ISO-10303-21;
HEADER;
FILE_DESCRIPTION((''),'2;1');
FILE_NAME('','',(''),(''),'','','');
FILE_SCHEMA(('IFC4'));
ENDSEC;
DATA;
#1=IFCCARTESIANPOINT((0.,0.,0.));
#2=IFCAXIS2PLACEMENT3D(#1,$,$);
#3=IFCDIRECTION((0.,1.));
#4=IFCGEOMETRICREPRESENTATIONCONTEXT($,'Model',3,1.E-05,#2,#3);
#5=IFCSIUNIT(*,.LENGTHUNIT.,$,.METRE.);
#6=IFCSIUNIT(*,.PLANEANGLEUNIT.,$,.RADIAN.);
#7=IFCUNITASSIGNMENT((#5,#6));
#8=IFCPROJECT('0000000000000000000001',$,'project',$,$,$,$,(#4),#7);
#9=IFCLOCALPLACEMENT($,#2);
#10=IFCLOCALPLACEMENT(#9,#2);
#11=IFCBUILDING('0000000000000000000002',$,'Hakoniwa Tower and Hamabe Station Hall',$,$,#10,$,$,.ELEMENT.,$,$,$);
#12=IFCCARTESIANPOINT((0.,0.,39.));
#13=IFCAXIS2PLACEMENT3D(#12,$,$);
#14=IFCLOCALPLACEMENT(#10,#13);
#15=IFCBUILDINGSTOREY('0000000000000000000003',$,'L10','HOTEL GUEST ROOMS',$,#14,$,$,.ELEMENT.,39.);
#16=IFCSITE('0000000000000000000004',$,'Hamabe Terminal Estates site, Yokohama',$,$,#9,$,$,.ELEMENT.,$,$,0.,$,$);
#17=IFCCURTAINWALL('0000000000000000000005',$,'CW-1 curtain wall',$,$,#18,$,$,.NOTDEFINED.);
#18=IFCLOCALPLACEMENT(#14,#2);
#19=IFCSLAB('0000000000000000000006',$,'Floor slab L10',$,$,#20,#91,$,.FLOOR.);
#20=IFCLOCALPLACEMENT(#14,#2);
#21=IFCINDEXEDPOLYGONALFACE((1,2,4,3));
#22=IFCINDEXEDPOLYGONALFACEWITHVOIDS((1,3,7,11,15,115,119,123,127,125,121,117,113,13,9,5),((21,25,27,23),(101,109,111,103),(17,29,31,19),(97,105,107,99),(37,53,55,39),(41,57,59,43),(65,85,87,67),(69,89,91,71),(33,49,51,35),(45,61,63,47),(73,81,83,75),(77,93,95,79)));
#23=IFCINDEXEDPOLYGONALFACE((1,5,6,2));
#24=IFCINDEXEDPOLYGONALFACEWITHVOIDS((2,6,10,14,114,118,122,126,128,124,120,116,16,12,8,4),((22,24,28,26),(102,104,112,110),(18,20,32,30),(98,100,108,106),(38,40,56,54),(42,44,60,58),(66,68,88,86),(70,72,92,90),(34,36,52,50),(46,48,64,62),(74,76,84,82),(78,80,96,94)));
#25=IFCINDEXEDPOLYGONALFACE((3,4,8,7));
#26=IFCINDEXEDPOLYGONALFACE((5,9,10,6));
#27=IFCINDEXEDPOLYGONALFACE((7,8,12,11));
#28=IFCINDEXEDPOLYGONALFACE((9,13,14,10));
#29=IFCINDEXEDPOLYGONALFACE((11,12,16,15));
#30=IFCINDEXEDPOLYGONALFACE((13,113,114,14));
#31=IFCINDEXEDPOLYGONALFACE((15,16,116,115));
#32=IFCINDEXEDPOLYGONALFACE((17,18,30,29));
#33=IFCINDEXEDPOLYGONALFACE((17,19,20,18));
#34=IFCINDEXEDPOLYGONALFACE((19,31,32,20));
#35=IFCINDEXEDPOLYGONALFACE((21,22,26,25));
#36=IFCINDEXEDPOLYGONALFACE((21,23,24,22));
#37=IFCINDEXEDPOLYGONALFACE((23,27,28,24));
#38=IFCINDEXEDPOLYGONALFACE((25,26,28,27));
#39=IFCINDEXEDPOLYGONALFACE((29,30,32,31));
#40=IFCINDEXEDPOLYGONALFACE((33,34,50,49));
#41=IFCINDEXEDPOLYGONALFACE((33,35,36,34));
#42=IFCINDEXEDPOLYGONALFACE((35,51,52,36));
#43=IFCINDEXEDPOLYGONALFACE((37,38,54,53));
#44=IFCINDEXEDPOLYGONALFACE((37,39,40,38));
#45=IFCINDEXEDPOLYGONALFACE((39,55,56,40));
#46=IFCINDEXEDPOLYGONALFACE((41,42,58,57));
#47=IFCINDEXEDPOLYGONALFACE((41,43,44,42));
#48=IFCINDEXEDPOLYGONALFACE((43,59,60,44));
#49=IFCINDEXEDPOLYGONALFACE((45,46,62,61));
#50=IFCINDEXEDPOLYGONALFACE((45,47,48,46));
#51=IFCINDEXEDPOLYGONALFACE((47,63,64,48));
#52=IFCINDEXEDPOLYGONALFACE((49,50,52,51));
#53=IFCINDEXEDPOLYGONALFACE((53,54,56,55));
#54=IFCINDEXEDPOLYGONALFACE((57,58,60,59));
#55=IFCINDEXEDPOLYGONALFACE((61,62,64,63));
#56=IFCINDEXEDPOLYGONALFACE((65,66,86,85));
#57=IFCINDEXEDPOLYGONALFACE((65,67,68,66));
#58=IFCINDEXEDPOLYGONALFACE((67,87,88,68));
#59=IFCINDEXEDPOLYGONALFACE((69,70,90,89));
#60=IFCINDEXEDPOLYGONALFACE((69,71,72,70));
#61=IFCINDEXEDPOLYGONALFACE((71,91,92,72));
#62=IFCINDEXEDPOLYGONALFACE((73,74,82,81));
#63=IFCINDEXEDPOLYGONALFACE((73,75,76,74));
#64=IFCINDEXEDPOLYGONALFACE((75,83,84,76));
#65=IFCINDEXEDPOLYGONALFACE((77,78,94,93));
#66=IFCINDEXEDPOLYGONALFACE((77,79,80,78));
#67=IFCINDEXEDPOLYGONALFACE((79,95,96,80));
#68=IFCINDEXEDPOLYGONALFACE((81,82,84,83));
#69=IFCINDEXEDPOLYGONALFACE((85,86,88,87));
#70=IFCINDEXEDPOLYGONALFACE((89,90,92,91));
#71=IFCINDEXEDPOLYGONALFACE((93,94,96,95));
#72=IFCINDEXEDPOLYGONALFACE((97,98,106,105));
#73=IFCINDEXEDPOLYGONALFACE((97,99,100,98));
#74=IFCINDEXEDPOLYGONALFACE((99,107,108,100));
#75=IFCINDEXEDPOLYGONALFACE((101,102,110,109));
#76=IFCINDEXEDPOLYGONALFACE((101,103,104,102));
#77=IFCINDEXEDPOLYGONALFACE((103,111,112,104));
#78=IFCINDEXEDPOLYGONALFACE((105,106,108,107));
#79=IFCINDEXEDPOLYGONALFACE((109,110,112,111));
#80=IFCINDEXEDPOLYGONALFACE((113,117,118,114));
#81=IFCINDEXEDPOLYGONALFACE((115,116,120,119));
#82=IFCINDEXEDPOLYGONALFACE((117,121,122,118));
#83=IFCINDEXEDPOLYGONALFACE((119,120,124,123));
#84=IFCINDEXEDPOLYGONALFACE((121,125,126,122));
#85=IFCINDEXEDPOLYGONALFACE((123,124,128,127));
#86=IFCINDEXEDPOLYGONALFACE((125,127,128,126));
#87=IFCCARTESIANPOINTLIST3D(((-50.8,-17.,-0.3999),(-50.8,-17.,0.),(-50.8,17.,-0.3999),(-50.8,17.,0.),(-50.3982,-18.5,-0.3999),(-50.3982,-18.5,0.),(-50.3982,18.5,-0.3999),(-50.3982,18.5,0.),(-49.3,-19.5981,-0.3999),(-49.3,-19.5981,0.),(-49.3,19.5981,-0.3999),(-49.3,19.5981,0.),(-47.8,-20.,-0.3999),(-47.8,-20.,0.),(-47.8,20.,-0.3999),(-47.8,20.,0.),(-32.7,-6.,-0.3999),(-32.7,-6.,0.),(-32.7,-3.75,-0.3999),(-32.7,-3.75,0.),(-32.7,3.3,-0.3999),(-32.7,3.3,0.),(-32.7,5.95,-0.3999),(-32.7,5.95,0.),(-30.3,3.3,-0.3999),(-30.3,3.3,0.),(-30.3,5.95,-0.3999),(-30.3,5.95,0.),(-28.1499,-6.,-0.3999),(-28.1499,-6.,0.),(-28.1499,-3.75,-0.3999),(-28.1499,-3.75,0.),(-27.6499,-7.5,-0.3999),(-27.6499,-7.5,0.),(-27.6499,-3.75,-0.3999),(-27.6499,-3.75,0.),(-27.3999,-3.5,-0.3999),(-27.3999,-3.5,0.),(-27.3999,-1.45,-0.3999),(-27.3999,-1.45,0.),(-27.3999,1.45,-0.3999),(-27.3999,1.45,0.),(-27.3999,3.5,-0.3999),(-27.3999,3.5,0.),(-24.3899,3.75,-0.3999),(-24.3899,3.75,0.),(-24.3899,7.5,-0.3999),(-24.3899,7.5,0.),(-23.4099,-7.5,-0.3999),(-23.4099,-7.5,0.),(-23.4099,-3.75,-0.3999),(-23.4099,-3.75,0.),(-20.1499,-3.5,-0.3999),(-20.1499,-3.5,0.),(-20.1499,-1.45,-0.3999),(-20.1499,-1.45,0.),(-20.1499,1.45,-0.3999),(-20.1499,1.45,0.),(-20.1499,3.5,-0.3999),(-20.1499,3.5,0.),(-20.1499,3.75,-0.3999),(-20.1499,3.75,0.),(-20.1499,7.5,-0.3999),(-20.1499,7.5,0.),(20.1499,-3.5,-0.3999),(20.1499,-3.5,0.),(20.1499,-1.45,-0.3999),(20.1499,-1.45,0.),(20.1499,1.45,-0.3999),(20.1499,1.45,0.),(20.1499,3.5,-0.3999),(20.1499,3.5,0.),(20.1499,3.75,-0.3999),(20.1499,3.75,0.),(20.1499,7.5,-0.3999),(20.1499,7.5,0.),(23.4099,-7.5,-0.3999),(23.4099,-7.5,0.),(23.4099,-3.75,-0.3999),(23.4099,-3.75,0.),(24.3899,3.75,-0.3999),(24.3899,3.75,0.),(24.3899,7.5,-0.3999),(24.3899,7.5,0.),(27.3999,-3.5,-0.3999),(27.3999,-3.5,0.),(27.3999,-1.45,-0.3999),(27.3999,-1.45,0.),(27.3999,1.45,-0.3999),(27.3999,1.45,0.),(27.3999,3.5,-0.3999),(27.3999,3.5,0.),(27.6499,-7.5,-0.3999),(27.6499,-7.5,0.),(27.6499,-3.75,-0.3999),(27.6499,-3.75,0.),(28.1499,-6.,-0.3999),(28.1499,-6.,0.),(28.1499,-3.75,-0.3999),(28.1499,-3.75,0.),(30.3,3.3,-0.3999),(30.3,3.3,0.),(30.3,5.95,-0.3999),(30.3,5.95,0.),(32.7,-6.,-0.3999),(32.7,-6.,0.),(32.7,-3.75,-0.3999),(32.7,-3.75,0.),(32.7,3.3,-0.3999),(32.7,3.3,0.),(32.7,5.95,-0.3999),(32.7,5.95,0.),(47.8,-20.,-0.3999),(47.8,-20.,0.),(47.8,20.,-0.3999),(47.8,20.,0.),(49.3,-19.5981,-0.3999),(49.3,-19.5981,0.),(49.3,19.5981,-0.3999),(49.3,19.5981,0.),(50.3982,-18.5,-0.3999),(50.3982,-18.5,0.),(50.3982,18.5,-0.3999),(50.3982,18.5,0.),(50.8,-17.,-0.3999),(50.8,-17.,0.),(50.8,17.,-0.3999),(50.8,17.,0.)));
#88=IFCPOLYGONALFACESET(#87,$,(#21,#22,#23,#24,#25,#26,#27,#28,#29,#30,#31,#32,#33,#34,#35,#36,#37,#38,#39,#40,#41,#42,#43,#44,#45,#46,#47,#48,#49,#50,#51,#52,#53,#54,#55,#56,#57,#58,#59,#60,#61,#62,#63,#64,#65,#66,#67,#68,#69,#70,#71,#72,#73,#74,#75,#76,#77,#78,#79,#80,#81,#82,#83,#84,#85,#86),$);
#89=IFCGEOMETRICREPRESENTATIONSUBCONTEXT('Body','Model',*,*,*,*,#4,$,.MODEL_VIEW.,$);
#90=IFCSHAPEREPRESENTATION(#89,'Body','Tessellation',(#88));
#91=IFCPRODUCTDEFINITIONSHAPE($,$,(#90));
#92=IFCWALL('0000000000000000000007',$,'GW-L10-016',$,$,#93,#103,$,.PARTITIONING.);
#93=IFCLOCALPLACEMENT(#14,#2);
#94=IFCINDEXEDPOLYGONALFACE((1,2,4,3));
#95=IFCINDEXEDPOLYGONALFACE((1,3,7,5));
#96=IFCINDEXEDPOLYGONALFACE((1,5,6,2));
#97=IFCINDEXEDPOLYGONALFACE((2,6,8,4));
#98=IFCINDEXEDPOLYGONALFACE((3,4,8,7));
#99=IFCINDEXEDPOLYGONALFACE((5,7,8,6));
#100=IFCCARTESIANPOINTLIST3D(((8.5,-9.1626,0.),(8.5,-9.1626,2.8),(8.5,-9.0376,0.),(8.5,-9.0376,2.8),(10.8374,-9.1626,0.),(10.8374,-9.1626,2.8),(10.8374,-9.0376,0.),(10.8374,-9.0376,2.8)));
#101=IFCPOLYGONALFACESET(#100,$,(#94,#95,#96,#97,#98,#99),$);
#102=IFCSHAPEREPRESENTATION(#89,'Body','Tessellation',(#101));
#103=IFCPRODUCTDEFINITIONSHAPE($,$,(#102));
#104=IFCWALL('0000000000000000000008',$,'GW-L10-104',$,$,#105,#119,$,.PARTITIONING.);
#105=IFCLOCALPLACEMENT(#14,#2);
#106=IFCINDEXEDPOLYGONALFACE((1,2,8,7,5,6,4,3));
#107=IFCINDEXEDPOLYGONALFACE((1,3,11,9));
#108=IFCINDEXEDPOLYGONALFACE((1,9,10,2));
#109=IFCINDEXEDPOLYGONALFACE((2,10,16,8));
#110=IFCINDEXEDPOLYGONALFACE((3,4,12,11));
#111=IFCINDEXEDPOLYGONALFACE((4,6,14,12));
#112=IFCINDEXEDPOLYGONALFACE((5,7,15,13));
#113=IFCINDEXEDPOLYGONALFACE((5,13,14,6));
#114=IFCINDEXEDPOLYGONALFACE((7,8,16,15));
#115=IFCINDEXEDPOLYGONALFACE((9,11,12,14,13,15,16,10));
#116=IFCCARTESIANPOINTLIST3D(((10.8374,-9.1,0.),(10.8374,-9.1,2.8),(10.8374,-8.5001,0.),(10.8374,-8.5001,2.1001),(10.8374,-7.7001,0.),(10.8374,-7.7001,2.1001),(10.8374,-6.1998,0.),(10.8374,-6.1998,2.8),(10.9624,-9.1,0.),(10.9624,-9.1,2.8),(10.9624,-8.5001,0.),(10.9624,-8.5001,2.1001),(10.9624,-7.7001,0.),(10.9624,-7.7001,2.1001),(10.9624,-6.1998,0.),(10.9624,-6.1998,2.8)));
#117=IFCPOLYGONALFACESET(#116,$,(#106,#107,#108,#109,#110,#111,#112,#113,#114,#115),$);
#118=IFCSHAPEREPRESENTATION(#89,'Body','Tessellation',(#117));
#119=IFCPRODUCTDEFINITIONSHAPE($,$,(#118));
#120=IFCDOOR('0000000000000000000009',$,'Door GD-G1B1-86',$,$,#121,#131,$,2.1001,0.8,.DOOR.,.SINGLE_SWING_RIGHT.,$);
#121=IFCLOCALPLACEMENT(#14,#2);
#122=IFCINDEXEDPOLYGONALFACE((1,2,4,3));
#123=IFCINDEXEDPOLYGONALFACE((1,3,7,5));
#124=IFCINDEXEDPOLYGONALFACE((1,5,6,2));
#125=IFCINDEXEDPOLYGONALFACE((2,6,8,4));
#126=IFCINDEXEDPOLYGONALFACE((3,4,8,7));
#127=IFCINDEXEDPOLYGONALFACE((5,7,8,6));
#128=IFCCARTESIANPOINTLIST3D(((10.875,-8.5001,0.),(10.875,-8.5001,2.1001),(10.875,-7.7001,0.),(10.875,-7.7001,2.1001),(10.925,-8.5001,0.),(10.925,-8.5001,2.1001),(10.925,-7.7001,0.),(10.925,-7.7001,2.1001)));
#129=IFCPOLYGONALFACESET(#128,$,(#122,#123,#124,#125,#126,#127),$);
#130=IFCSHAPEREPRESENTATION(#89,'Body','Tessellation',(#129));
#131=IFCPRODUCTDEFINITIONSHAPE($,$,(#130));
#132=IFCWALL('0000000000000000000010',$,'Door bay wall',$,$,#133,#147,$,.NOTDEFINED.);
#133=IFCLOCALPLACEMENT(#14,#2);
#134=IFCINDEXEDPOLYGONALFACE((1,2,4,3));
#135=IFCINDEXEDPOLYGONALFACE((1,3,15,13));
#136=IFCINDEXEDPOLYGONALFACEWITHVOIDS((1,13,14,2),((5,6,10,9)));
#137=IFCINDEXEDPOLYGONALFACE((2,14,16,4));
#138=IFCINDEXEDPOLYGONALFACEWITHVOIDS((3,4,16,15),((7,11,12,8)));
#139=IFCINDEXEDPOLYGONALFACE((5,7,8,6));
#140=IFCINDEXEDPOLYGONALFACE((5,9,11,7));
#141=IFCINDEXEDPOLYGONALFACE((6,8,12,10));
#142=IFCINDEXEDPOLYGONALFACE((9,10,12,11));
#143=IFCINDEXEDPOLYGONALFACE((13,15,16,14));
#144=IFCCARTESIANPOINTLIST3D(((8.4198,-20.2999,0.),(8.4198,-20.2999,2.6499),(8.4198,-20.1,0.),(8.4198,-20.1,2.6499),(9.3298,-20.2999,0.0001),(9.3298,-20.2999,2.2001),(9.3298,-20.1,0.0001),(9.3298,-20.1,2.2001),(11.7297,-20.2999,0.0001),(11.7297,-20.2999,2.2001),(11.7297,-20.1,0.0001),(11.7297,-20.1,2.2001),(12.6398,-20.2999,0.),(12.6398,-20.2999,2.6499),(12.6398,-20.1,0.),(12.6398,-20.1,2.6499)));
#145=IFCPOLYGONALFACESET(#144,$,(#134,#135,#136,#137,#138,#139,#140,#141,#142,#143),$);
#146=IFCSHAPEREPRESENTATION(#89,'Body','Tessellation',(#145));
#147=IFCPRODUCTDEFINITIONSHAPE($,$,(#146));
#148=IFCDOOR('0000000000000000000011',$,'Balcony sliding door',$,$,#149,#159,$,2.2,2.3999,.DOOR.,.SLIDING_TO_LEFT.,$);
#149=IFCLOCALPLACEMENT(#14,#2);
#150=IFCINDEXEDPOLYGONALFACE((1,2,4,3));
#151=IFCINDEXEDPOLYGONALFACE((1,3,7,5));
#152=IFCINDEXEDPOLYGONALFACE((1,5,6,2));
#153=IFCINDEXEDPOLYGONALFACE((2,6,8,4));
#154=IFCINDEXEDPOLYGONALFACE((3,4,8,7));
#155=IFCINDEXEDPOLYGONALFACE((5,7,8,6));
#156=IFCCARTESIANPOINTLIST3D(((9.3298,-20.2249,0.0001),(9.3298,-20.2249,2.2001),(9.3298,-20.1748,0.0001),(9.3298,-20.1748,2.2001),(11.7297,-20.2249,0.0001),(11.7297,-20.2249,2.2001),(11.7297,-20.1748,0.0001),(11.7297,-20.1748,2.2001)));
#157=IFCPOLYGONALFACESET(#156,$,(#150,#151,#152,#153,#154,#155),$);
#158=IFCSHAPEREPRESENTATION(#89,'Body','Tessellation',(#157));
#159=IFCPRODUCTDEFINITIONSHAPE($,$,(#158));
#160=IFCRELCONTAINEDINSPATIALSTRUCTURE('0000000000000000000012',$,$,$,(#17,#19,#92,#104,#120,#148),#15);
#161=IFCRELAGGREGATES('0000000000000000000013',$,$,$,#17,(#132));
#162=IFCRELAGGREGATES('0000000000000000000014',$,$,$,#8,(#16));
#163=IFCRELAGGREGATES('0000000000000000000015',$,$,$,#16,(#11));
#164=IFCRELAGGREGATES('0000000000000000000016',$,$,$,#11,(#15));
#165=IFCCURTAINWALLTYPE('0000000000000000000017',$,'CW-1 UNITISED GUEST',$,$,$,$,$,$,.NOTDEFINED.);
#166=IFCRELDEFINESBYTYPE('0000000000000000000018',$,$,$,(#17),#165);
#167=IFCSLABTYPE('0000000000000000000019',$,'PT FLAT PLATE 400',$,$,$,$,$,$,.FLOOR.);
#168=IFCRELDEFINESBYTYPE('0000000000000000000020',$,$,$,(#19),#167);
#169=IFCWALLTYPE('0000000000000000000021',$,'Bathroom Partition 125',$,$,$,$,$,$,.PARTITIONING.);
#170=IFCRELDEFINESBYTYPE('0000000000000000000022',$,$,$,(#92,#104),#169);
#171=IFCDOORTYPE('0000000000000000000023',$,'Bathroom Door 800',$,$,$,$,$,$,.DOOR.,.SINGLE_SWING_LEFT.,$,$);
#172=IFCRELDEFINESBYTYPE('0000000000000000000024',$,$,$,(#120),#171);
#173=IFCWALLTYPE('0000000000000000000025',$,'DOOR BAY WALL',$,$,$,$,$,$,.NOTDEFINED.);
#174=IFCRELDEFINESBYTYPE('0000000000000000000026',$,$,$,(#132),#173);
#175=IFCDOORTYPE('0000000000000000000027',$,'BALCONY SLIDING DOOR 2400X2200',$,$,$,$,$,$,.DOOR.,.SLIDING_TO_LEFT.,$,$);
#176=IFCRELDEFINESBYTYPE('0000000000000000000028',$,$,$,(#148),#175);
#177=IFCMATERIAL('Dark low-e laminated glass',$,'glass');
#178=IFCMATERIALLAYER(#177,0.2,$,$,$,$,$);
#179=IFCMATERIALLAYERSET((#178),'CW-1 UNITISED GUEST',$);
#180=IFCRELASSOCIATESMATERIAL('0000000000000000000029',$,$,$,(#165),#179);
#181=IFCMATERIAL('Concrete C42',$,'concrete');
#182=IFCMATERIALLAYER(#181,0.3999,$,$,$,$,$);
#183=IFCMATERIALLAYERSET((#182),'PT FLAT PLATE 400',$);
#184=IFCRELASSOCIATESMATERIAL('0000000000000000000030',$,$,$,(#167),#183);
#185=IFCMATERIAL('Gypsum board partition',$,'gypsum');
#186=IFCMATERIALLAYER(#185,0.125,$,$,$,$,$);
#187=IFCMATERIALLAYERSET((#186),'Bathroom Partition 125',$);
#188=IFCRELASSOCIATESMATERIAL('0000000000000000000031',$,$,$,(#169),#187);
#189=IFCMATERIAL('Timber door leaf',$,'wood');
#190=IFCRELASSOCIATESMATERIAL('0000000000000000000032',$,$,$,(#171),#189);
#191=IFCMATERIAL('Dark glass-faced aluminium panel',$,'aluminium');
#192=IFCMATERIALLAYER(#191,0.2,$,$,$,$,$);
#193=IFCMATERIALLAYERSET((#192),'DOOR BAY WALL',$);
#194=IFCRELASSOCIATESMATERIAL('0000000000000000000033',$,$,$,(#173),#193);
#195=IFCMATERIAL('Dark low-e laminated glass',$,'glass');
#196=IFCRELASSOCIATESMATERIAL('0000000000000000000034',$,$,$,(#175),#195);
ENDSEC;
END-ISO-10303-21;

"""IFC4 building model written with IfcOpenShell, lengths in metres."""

from ifc_helpers import new_model, si_unit, direction, frame, frame_2d, origin, place, context, subcontext, project, spatial, polyline, rectangle, outline, extrude, material, layer, layer_set, type_object, element, fill, aggregate, save


model = new_model("IFC4")

# Units and contexts
model_context = context("Model", 3, precision=1e-05, world=origin(), true_north=direction((0.0, 1.0)))
body_context = subcontext(model_context, "Body", "Model", "MODEL_VIEW")
ifc_project = project(units=[si_unit("LENGTHUNIT", "METRE"), si_unit("PLANEANGLEUNIT", "RADIAN")], contexts=[model_context])

# Site, building, storey
site_placement = place(None, origin())
site = spatial("IfcSite", under=ifc_project, at=site_placement, Name="Hamabe Terminal Estates site, Yokohama", CompositionType="ELEMENT", RefElevation=0.0)
building_placement = place(site_placement, origin())
building = spatial("IfcBuilding", under=site, at=building_placement, Name="Hakoniwa Tower and Hamabe Station Hall", CompositionType="ELEMENT")
storey_placement = place(building_placement, frame((0.0, 0.0, 39.0)))
storey = spatial("IfcBuildingStorey", under=building, at=storey_placement, Name="L10", Description="HOTEL GUEST ROOMS", CompositionType="ELEMENT", Elevation=39.0)

# Curtain wall
ifc_material_1 = material(Name="Dark low-e laminated glass", Category="glass")
ifc_layer_1 = layer(ifc_material_1, 0.2)
ifc_layer_set_1 = layer_set([ifc_layer_1], Name="CW-1 UNITISED GUEST")
curtain_wall_type = type_object("IfcCurtainWallType", Name="CW-1 UNITISED GUEST", PredefinedType="NOTDEFINED", material=ifc_layer_set_1)
curtain_wall_1_placement = place(storey_placement, origin())
curtain_wall_1 = element("IfcCurtainWall", 1, at=curtain_wall_1_placement, inside=storey, type_object=curtain_wall_type, Name="CW-1 curtain wall", PredefinedType="NOTDEFINED")

# Slab
ifc_material_2 = material(Name="Concrete C42", Category="concrete")
ifc_layer_2 = layer(ifc_material_2, 0.3999)
ifc_layer_set_2 = layer_set([ifc_layer_2], Name="PT FLAT PLATE 400")
slab_type_1 = type_object("IfcSlabType", Name="PT FLAT PLATE 400", PredefinedType="FLOOR", material=ifc_layer_set_2)
slab_1_placement = place(storey_placement, frame((0.0, 0.0, -0.3999)))
element("IfcSlab", 2, at=slab_1_placement, inside=storey, type_object=slab_type_1, Name="Floor slab L10", PredefinedType="FLOOR", context=body_context, shape_type="SweptSolid", body=[
    extrude(outline(polyline([(50.8, -17.0), (50.8, 17.0), (50.3982, 18.5), (49.3, 19.5981), (47.8, 20.0), (-47.8, 20.0), (-49.3, 19.5981), (-50.3982, 18.5), (-50.8, 17.0), (-50.8, -17.0), (-50.3982, -18.5), (-49.3, -19.5981), (-47.8, -20.0), (47.8, -20.0), (49.3, -19.5981), (50.3982, -18.5), (50.8, -17.0)]), holes=[polyline([(-27.3999, 1.45), (-27.3999, 3.5), (-20.1499, 3.5), (-20.1499, 1.45), (-27.3999, 1.45)]), polyline([(-27.3999, -3.5), (-27.3999, -1.45), (-20.1499, -1.45), (-20.1499, -3.5), (-27.3999, -3.5)]), polyline([(-32.7, 3.3), (-32.7, 5.95), (-30.3, 5.95), (-30.3, 3.3), (-32.7, 3.3)]), polyline([(-32.7, -6.0), (-32.7, -3.75), (-28.1499, -3.75), (-28.1499, -6.0), (-32.7, -6.0)]), polyline([(-24.3899, 3.75), (-24.3899, 7.5), (-20.1499, 7.5), (-20.1499, 3.75), (-24.3899, 3.75)]), polyline([(-27.6499, -7.5), (-27.6499, -3.75), (-23.4099, -3.75), (-23.4099, -7.5), (-27.6499, -7.5)]), polyline([(20.1499, 1.45), (20.1499, 3.5), (27.3999, 3.5), (27.3999, 1.45), (20.1499, 1.45)]), polyline([(20.1499, -3.5), (20.1499, -1.45), (27.3999, -1.45), (27.3999, -3.5), (20.1499, -3.5)]), polyline([(30.3, 3.3), (30.3, 5.95), (32.7, 5.95), (32.7, 3.3), (30.3, 3.3)]), polyline([(28.1499, -6.0), (28.1499, -3.75), (32.7, -3.75), (32.7, -6.0), (28.1499, -6.0)]), polyline([(20.1499, 3.75), (20.1499, 7.5), (24.3899, 7.5), (24.3899, 3.75), (20.1499, 3.75)]), polyline([(23.4099, -7.5), (23.4099, -3.75), (27.6499, -3.75), (27.6499, -7.5), (23.4099, -7.5)])]), origin(), (0.0, 0.0, 1.0), 0.3999),
])

# Wall
ifc_material_3 = material(Name="Gypsum board partition", Category="gypsum")
ifc_layer_3 = layer(ifc_material_3, 0.125)
ifc_layer_set_3 = layer_set([ifc_layer_3], Name="Bathroom Partition 125")
wall_type_1 = type_object("IfcWallType", Name="Bathroom Partition 125", PredefinedType="PARTITIONING", material=ifc_layer_set_3)
wall_1_placement = place(storey_placement, frame((8.5, -9.1001, 0.0), z_axis=(0.0, 0.0, 1.0), x_axis=(1.0, 0.0, 0.0)))
element("IfcWall", 3, at=wall_1_placement, inside=storey, type_object=wall_type_1, Name="GW-L10-016", PredefinedType="PARTITIONING", context=body_context, shape_type="SweptSolid", body=[
    extrude(rectangle(XDim=2.3374, YDim=0.125, at=frame_2d((1.1687, 0.0))), origin(), (0.0, 0.0, 1.0), 2.8),
])

# Walls, openings, doors
wall_2_placement = place(storey_placement, frame((10.8999, -9.1001, 0.0), z_axis=(0.0, 0.0, 1.0), x_axis=(0.0, 1.0, 0.0)))
wall_2 = element("IfcWall", 4, at=wall_2_placement, inside=storey, type_object=wall_type_1, Name="GW-L10-104", PredefinedType="PARTITIONING", context=body_context, shape_type="SweptSolid", body=[
    extrude(rectangle(XDim=2.9001, YDim=0.125, at=frame_2d((1.4502, 0.0))), origin(), (0.0, 0.0, 1.0), 2.8),
])
opening_1_placement = place(wall_2_placement, frame((0.6001, 0.0, 0.0)))
opening_1 = element("IfcOpeningElement", 5, at=opening_1_placement, cuts=wall_2, PredefinedType="OPENING", context=body_context, shape_type="SweptSolid", body=[
    extrude(rectangle(XDim=0.8, YDim=2.1001, at=frame_2d((0.3999, 1.05))), frame((0.0, 0.0725, 0.0), z_axis=(0.0, -1.0, 0.0), x_axis=(1.0, 0.0, 0.0)), (0.0, 0.0, 1.0), 0.145),
])
ifc_material_4 = material(Name="Timber door leaf", Category="wood")
door_type_1 = type_object("IfcDoorType", Name="Bathroom Door 800", OperationType="SINGLE_SWING_LEFT", PredefinedType="DOOR", material=ifc_material_4)
door_1_placement = place(opening_1_placement, origin())
door_1 = element("IfcDoor", 6, at=door_1_placement, inside=storey, type_object=door_type_1, Name="Door GD-G1B1-86", OperationType="SINGLE_SWING_RIGHT", OverallHeight=2.1001, OverallWidth=0.8, PredefinedType="DOOR", context=body_context, shape_type="SweptSolid", body=[
    extrude(rectangle(XDim=0.8, YDim=2.1001, at=frame_2d((0.3999, 1.05))), frame((0.0, 0.0249, 0.0), z_axis=(0.0, -1.0, 0.0), x_axis=(1.0, 0.0, 0.0)), (0.0, 0.0, 1.0), 0.05),
])
fill(opening_1, door_1)
ifc_material_5 = material(Name="Dark glass-faced aluminium panel", Category="aluminium")
ifc_layer_4 = layer(ifc_material_5, 0.2)
ifc_layer_set_4 = layer_set([ifc_layer_4], Name="DOOR BAY WALL")
wall_type_2 = type_object("IfcWallType", Name="DOOR BAY WALL", PredefinedType="NOTDEFINED", material=ifc_layer_set_4)
wall_3_placement = place(storey_placement, frame((8.4199, -20.2, 0.0), z_axis=(0.0, 0.0, 1.0), x_axis=(1.0, 0.0, 0.0)))
wall_3 = element("IfcWall", 7, at=wall_3_placement, type_object=wall_type_2, Name="Door bay wall", PredefinedType="NOTDEFINED", context=body_context, shape_type="SweptSolid", body=[
    extrude(rectangle(XDim=4.22, YDim=0.2, at=frame_2d((2.1099, 0.0))), origin(), (0.0, 0.0, 1.0), 2.6499),
])
opening_2_placement = place(wall_3_placement, frame((0.9099, 0.0, 0.0)))
opening_2 = element("IfcOpeningElement", 8, at=opening_2_placement, cuts=wall_3, PredefinedType="OPENING", context=body_context, shape_type="SweptSolid", body=[
    extrude(rectangle(XDim=2.3999, YDim=2.2, at=frame_2d((1.2, 1.1001))), frame((0.0, 0.1099, 0.0), z_axis=(0.0, -1.0, 0.0), x_axis=(1.0, 0.0, 0.0)), (0.0, 0.0, 1.0), 0.22),
])
ifc_material_6 = material(Name="Dark low-e laminated glass", Category="glass")
door_type_2 = type_object("IfcDoorType", Name="BALCONY SLIDING DOOR 2400X2200", OperationType="SLIDING_TO_LEFT", PredefinedType="DOOR", material=ifc_material_6)
door_2_placement = place(opening_2_placement, frame((2.3999, 0.0, 0.0), z_axis=(0.0, 0.0, 1.0), x_axis=(-1.0, 0.0, 0.0)))
door_2 = element("IfcDoor", 9, at=door_2_placement, inside=storey, type_object=door_type_2, Name="Balcony sliding door", OperationType="SLIDING_TO_LEFT", OverallHeight=2.2, OverallWidth=2.3999, PredefinedType="DOOR", context=body_context, shape_type="SweptSolid", body=[
    extrude(rectangle(XDim=2.3999, YDim=2.2, at=frame_2d((1.2, 1.1001))), frame((0.0, 0.0249, 0.0), z_axis=(0.0, -1.0, 0.0), x_axis=(1.0, 0.0, 0.0)), (0.0, 0.0, 1.0), 0.05),
])
fill(opening_2, door_2)
aggregate(curtain_wall_1, [wall_3])

save(model, "model.ifc")
